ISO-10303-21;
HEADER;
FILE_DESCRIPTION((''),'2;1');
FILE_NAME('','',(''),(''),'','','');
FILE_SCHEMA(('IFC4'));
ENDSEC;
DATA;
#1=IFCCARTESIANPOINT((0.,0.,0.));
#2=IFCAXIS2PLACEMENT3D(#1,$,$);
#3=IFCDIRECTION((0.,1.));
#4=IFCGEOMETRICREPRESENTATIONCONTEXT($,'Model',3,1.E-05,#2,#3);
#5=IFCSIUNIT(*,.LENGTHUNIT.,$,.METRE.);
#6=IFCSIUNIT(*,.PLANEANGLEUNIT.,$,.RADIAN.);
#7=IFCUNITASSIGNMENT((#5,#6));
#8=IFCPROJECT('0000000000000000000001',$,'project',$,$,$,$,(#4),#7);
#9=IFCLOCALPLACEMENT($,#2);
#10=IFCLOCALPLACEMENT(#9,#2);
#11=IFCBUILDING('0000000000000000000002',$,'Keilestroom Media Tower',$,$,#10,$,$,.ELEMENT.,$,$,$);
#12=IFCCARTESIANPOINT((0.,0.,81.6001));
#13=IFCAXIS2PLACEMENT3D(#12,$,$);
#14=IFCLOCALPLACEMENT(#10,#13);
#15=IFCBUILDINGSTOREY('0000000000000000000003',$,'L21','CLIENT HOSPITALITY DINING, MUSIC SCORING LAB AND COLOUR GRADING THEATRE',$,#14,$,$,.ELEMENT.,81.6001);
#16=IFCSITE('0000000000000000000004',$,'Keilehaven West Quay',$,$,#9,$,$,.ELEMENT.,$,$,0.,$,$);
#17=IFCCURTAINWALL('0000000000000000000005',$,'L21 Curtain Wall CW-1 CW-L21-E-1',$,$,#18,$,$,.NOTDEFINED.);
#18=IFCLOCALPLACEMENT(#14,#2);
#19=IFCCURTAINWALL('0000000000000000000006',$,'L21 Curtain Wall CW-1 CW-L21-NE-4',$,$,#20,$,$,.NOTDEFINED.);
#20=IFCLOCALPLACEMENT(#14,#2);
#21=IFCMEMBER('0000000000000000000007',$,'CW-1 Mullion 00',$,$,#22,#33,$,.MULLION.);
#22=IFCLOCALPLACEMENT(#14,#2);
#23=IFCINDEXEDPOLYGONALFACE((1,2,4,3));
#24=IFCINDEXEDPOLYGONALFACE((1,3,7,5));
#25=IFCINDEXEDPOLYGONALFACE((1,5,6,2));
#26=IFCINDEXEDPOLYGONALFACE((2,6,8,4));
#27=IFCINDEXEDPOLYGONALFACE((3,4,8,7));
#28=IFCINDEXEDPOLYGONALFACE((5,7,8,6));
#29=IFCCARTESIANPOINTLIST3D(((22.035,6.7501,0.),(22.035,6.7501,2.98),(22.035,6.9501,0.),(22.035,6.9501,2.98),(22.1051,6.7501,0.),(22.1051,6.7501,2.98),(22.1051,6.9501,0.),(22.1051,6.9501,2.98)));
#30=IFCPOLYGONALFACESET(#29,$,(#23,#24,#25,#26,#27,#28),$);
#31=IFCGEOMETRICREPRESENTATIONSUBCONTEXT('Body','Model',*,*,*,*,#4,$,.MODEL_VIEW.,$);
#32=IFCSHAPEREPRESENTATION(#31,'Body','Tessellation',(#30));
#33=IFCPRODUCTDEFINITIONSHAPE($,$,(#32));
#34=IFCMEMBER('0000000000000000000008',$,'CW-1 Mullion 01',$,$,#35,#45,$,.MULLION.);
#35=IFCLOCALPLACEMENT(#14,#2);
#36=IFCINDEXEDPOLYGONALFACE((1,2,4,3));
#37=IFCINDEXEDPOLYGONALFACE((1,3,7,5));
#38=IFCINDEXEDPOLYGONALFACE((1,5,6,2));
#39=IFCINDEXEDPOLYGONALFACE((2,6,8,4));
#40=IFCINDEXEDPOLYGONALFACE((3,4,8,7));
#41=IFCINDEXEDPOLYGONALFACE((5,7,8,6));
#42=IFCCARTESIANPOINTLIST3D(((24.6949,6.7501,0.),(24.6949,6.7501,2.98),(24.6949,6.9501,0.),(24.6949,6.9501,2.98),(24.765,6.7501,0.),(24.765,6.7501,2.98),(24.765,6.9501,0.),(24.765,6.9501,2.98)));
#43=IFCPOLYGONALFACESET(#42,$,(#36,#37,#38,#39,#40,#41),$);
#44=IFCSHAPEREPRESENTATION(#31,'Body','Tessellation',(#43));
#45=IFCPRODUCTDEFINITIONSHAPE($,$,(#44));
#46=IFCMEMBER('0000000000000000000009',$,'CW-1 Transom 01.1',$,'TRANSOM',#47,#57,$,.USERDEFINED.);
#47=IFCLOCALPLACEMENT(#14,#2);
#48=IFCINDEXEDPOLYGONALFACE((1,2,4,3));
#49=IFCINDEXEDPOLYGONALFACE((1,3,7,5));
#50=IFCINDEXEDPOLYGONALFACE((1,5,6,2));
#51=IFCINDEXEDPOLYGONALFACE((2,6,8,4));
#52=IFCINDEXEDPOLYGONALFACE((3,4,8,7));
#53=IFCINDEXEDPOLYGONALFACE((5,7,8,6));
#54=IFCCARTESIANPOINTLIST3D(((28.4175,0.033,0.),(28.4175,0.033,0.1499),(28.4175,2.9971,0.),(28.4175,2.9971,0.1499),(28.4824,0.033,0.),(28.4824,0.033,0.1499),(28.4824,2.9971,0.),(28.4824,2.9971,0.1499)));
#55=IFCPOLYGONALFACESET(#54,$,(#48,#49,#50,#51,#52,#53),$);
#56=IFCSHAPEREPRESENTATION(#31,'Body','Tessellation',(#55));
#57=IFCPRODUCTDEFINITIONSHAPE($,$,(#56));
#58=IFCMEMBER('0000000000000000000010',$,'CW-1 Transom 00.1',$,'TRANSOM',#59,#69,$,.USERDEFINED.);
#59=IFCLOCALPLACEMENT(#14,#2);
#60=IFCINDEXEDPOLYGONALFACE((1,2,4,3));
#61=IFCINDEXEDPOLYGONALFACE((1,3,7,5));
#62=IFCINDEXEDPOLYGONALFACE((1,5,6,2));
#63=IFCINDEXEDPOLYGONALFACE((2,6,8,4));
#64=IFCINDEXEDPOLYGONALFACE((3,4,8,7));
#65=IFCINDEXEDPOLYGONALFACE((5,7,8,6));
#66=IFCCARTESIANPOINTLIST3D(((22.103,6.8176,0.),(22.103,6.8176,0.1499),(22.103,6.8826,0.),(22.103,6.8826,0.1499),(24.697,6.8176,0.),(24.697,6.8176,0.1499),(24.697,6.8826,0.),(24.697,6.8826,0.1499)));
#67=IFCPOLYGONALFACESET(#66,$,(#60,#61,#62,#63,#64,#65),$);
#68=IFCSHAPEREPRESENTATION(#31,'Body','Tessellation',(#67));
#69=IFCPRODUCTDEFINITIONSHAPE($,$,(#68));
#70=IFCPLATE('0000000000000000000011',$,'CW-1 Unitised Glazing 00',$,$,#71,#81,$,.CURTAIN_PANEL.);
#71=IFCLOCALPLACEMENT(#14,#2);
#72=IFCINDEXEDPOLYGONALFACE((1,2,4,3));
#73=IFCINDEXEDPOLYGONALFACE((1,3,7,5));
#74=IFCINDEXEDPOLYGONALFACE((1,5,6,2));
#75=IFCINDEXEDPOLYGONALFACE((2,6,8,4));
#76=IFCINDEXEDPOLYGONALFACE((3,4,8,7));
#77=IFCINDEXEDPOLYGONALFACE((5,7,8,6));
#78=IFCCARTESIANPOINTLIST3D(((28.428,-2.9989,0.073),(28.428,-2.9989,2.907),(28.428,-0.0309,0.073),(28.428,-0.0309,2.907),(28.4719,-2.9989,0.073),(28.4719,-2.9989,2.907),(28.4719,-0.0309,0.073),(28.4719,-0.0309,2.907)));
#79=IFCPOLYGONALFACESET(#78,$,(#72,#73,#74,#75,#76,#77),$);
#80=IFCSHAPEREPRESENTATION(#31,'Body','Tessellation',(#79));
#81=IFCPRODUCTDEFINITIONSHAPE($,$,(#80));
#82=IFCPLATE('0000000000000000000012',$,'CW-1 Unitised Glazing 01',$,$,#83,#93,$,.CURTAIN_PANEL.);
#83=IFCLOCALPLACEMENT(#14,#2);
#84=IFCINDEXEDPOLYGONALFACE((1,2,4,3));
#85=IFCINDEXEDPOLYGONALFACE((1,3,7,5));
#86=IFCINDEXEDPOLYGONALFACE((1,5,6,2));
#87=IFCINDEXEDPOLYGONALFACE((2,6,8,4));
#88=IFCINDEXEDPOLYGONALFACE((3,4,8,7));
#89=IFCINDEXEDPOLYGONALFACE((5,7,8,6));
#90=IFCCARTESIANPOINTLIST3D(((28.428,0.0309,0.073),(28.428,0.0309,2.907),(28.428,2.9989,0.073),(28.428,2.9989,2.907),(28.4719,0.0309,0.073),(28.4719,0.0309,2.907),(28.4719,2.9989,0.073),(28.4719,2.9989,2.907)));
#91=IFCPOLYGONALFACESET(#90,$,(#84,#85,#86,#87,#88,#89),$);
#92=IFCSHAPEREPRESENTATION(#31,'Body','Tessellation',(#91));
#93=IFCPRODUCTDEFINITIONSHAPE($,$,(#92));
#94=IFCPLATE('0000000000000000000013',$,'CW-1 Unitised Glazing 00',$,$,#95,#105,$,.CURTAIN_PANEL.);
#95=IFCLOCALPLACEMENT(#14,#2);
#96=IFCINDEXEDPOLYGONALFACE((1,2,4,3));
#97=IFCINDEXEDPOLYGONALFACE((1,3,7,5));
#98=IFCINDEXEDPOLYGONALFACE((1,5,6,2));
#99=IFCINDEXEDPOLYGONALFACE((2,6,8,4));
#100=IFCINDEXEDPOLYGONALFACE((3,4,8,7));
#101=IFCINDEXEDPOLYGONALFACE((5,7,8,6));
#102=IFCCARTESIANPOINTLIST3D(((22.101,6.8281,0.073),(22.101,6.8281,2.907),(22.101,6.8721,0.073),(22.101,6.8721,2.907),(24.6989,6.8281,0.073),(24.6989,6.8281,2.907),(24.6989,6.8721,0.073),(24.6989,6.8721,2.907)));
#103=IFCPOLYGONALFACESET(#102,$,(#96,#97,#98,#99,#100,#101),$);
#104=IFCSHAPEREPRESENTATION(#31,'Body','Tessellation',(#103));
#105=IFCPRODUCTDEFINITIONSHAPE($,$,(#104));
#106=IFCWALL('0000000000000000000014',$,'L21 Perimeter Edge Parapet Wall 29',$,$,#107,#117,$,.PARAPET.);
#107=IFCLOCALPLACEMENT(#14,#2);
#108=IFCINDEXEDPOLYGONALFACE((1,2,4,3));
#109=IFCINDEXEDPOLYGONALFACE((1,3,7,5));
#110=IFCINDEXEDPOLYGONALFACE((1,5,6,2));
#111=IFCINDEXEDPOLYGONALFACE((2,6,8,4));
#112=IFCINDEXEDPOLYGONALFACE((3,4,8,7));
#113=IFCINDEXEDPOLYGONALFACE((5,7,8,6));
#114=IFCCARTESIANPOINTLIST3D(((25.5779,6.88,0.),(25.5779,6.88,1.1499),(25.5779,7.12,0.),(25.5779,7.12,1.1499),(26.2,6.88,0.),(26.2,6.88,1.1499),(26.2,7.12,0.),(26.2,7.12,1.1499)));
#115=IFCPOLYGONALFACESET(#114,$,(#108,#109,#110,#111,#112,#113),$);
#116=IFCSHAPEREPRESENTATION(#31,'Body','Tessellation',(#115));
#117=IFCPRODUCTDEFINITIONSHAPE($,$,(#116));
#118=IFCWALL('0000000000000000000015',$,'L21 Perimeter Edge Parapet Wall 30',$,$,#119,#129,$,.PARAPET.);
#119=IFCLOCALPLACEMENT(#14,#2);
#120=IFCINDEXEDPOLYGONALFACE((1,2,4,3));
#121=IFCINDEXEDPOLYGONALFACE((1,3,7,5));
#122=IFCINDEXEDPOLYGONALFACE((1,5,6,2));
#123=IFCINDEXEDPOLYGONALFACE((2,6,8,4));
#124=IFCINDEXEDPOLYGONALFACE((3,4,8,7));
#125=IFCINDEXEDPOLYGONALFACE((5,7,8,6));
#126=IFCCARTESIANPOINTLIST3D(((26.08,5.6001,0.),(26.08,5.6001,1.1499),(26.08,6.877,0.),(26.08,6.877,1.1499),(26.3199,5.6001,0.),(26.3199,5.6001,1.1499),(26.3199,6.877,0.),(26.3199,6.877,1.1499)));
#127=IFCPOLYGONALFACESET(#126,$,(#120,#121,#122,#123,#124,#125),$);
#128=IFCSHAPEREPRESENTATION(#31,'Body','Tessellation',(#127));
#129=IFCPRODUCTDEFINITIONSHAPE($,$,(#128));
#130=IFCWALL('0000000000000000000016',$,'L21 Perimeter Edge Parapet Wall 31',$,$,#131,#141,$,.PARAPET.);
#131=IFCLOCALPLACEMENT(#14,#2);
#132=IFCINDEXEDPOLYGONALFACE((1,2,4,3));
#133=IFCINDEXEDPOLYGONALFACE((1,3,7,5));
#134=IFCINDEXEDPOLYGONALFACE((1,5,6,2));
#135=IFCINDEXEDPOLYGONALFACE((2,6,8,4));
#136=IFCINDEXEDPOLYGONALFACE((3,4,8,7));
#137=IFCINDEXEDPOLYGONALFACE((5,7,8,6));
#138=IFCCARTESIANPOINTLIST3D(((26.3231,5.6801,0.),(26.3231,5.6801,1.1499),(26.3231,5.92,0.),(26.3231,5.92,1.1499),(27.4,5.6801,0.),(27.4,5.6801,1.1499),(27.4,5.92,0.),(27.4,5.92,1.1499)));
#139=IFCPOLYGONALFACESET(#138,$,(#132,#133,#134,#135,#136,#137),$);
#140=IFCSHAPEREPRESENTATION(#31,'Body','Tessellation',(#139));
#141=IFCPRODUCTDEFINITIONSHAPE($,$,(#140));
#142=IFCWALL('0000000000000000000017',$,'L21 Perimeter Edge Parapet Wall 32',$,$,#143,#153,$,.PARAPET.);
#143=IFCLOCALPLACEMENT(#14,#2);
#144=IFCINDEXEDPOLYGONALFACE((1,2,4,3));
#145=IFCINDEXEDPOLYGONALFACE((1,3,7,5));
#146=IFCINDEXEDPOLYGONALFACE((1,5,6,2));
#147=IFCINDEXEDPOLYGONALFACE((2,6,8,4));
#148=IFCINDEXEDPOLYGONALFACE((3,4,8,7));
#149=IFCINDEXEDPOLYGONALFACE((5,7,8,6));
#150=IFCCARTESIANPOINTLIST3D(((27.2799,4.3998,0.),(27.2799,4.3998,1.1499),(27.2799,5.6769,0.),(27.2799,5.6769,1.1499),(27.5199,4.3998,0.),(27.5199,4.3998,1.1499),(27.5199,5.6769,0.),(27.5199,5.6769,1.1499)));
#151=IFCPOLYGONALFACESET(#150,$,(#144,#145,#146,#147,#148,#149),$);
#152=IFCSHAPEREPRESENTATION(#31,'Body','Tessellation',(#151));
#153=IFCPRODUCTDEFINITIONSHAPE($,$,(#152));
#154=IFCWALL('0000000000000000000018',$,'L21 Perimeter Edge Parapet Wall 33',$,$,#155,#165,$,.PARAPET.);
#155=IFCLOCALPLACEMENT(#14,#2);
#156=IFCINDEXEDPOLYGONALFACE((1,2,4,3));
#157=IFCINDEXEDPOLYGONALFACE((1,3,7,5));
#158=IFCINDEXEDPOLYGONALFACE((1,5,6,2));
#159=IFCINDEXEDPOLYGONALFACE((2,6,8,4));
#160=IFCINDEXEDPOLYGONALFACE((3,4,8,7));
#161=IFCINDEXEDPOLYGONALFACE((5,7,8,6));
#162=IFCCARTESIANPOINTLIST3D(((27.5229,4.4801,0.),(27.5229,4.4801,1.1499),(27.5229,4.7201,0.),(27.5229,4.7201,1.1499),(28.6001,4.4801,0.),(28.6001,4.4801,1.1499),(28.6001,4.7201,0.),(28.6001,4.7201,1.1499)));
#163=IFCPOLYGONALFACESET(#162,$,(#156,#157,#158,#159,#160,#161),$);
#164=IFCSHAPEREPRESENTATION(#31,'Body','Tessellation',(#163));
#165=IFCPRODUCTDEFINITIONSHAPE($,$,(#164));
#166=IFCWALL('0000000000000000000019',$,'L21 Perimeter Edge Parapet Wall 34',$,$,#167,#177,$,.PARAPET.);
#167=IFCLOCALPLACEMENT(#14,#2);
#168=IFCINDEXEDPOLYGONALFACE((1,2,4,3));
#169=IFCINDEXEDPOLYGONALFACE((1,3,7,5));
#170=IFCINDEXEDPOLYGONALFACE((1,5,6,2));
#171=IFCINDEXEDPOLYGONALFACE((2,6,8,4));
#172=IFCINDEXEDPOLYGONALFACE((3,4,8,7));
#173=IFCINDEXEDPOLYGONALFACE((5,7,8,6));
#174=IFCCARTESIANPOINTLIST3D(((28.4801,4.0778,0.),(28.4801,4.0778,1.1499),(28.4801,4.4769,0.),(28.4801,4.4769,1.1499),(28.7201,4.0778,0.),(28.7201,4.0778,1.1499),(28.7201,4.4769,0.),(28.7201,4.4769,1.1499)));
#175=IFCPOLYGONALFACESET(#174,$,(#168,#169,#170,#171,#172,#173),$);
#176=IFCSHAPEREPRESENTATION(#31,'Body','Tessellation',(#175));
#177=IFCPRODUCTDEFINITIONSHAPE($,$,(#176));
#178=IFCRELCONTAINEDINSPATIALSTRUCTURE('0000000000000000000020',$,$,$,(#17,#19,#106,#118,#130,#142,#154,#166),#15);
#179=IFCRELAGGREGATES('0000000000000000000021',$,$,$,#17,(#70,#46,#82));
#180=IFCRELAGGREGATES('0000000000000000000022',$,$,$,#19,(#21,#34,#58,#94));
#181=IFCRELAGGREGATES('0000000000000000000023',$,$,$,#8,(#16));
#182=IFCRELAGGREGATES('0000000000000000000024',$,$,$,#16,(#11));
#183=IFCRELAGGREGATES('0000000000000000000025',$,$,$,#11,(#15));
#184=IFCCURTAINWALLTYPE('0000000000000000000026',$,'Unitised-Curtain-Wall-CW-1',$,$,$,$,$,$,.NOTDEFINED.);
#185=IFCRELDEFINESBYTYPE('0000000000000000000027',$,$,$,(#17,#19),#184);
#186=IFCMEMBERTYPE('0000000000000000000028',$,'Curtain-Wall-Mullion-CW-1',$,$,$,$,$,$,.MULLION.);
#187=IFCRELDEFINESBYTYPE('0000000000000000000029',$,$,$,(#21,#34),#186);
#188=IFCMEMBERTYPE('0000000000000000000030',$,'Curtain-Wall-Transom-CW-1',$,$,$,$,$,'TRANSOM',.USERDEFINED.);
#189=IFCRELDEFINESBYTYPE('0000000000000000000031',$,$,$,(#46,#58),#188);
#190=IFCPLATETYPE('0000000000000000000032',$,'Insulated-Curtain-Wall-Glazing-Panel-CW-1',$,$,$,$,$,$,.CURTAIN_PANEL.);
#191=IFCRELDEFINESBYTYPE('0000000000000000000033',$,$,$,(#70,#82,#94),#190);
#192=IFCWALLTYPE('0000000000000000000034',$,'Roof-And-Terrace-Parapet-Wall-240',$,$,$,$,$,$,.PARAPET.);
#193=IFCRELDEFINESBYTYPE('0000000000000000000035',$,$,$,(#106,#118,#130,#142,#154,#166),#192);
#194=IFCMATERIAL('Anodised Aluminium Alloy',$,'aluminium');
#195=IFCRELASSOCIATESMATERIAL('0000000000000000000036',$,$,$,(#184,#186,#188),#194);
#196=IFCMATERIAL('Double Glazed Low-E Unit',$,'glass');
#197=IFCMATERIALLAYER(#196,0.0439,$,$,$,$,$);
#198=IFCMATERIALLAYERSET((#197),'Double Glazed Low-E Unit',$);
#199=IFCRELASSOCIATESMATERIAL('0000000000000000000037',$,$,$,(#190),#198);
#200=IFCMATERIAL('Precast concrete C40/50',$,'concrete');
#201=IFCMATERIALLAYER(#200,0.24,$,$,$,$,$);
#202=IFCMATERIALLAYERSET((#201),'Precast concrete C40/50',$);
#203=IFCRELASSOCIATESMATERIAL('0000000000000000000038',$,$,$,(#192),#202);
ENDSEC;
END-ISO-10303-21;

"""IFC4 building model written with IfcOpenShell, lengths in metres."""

from ifc_helpers import new_model, si_unit, direction, frame, frame_2d, origin, origin_2d, place, context, subcontext, project, spatial, rectangle, extrude, source, transform, mapped, material, layer, layer_set, material_profile, profile_set, type_object, element, aggregate, save


model = new_model("IFC4")

# Units and contexts
model_context = context("Model", 3, precision=1e-05, world=origin(), true_north=direction((0.0, 1.0)))
body_context = subcontext(model_context, "Body", "Model", "MODEL_VIEW")
ifc_project = project(units=[si_unit("LENGTHUNIT", "METRE"), si_unit("PLANEANGLEUNIT", "RADIAN")], contexts=[model_context])

# Site, building, storey
site_placement = place(None, origin())
site = spatial("IfcSite", under=ifc_project, at=site_placement, Name="Keilehaven West Quay", CompositionType="ELEMENT", RefElevation=0.0)
building_placement = place(site_placement, origin())
building = spatial("IfcBuilding", under=site, at=building_placement, Name="Keilestroom Media Tower", CompositionType="ELEMENT")
storey_placement = place(building_placement, frame((0.0, 0.0, 81.6001)))
storey = spatial("IfcBuildingStorey", under=building, at=storey_placement, Name="L21", Description="CLIENT HOSPITALITY DINING, MUSIC SCORING LAB AND COLOUR GRADING THEATRE", CompositionType="ELEMENT", Elevation=81.6001)

# Shared definitions
ifc_material_1 = material(Name="Precast concrete C40/50", Category="concrete")

# Curtain walls, members
ifc_material_2 = material(Name="Anodised Aluminium Alloy", Category="aluminium")
curtain_wall_type = type_object("IfcCurtainWallType", Name="Unitised-Curtain-Wall-CW-1", PredefinedType="NOTDEFINED", material=ifc_material_2)
curtain_wall_1_placement = place(storey_placement, origin())
curtain_wall_1 = element("IfcCurtainWall", 1, at=curtain_wall_1_placement, inside=storey, type_object=curtain_wall_type, Name="L21 Curtain Wall CW-1 CW-L21-E-1", PredefinedType="NOTDEFINED")
ifc_material_profile_1 = material_profile(ifc_material_2, rectangle(XDim=0.0701, YDim=0.2, at=origin_2d()), Name="ALU MULLION 70x200")
ifc_profile_set_1 = profile_set([ifc_material_profile_1], Name="Anodised Aluminium Alloy")
member_type_1 = type_object("IfcMemberType", Name="Curtain-Wall-Mullion-CW-1", PredefinedType="MULLION", material=ifc_profile_set_1)
shared_shape_1 = source(origin(), body_context, "Body", "SweptSolid", [
    extrude(rectangle(XDim=0.0701, YDim=0.2, at=origin_2d()), origin(), (0.0, 0.0, 1.0), 2.98),
])
curtain_wall_2_placement = place(storey_placement, origin())
curtain_wall_2 = element("IfcCurtainWall", 2, at=curtain_wall_2_placement, inside=storey, type_object=curtain_wall_type, Name="L21 Curtain Wall CW-1 CW-L21-NE-4", PredefinedType="NOTDEFINED")
member_1_placement = place(storey_placement, frame((22.0701, 6.8501, 0.0), z_axis=(0.0, 0.0, 1.0), x_axis=(1.0, 0.0, 0.0)))
member_1 = element("IfcMember", 3, at=member_1_placement, type_object=member_type_1, Name="CW-1 Mullion 00", PredefinedType="MULLION", context=body_context, shape_type="MappedRepresentation", body=[
    mapped(shared_shape_1, transform((0.0, 0.0, 0.0), x_axis=(1.0, 0.0, 0.0), y_axis=(0.0, 1.0, 0.0), z_axis=(0.0, 0.0, 1.0), scale=1.0)),
])
member_2_placement = place(storey_placement, frame((24.73, 6.8501, 0.0), z_axis=(0.0, 0.0, 1.0), x_axis=(1.0, 0.0, 0.0)))
member_2 = element("IfcMember", 4, at=member_2_placement, type_object=member_type_1, Name="CW-1 Mullion 01", PredefinedType="MULLION", context=body_context, shape_type="MappedRepresentation", body=[
    mapped(shared_shape_1, transform((0.0, 0.0, 0.0), x_axis=(1.0, 0.0, 0.0), y_axis=(0.0, 1.0, 0.0), z_axis=(0.0, 0.0, 1.0), scale=1.0)),
])

# Members
ifc_material_profile_2 = material_profile(ifc_material_2, rectangle(XDim=0.0649, YDim=0.1499, at=origin_2d()), Name="ALU TRANSOM 65x150")
ifc_profile_set_2 = profile_set([ifc_material_profile_2], Name="Anodised Aluminium Alloy")
member_type_2 = type_object("IfcMemberType", Name="Curtain-Wall-Transom-CW-1", ElementType="TRANSOM", PredefinedType="USERDEFINED", material=ifc_profile_set_2)
shared_shape_2 = source(origin(), body_context, "Body", "SweptSolid", [
    extrude(rectangle(XDim=0.0649, YDim=0.1499, at=origin_2d()), origin(), (0.0, 0.0, 1.0), 2.9641),
])
member_3_placement = place(storey_placement, frame((28.45, 0.033, 0.075), z_axis=(0.0, 1.0, 0.0), x_axis=(-1.0, 0.0, 0.0)))
member_3 = element("IfcMember", 5, at=member_3_placement, type_object=member_type_2, Name="CW-1 Transom 01.1", ObjectType="TRANSOM", PredefinedType="USERDEFINED", context=body_context, shape_type="MappedRepresentation", body=[
    mapped(shared_shape_2, transform((0.0, 0.0, 0.0), x_axis=(1.0, 0.0, 0.0), y_axis=(0.0, 1.0, 0.0), z_axis=(0.0, 0.0, 1.0), scale=1.0)),
])
shared_shape_3 = source(origin(), body_context, "Body", "SweptSolid", [
    extrude(rectangle(XDim=0.0649, YDim=0.1499, at=origin_2d()), origin(), (0.0, 0.0, 1.0), 2.594),
])
member_4_placement = place(storey_placement, frame((22.103, 6.8501, 0.075), z_axis=(1.0, 0.0, 0.0), x_axis=(0.0, 1.0, 0.0)))
member_4 = element("IfcMember", 6, at=member_4_placement, type_object=member_type_2, Name="CW-1 Transom 00.1", ObjectType="TRANSOM", PredefinedType="USERDEFINED", context=body_context, shape_type="MappedRepresentation", body=[
    mapped(shared_shape_3, transform((0.0, 0.0, 0.0), x_axis=(1.0, 0.0, 0.0), y_axis=(0.0, 1.0, 0.0), z_axis=(0.0, 0.0, 1.0), scale=1.0)),
])

# Plates
ifc_material_3 = material(Name="Double Glazed Low-E Unit", Category="glass")
ifc_layer_1 = layer(ifc_material_3, 0.0439)
ifc_layer_set_1 = layer_set([ifc_layer_1], Name="Double Glazed Low-E Unit")
plate_type = type_object("IfcPlateType", Name="Insulated-Curtain-Wall-Glazing-Panel-CW-1", PredefinedType="CURTAIN_PANEL", material=ifc_layer_set_1)
shared_shape_4 = source(origin(), body_context, "Body", "SweptSolid", [
    extrude(rectangle(XDim=2.968, YDim=0.0439, at=origin_2d()), origin(), (0.0, 0.0, 1.0), 2.834),
])
plate_1_placement = place(storey_placement, frame((28.45, -1.5149, 0.073), z_axis=(0.0, 0.0, 1.0), x_axis=(0.0, 1.0, 0.0)))
plate_1 = element("IfcPlate", 7, at=plate_1_placement, type_object=plate_type, Name="CW-1 Unitised Glazing 00", PredefinedType="CURTAIN_PANEL", context=body_context, shape_type="MappedRepresentation", body=[
    mapped(shared_shape_4, transform((0.0, 0.0, 0.0), x_axis=(1.0, 0.0, 0.0), y_axis=(0.0, 1.0, 0.0), z_axis=(0.0, 0.0, 1.0), scale=1.0)),
])
plate_2_placement = place(storey_placement, frame((28.45, 1.5149, 0.073), z_axis=(0.0, 0.0, 1.0), x_axis=(0.0, 1.0, 0.0)))
plate_2 = element("IfcPlate", 8, at=plate_2_placement, type_object=plate_type, Name="CW-1 Unitised Glazing 01", PredefinedType="CURTAIN_PANEL", context=body_context, shape_type="MappedRepresentation", body=[
    mapped(shared_shape_4, transform((0.0, 0.0, 0.0), x_axis=(1.0, 0.0, 0.0), y_axis=(0.0, 1.0, 0.0), z_axis=(0.0, 0.0, 1.0), scale=1.0)),
])
aggregate(curtain_wall_1, [plate_1, member_3, plate_2])
shared_shape_5 = source(origin(), body_context, "Body", "SweptSolid", [
    extrude(rectangle(XDim=2.5979, YDim=0.0439, at=origin_2d()), origin(), (0.0, 0.0, 1.0), 2.834),
])
plate_3_placement = place(storey_placement, frame((23.3999, 6.8501, 0.073), z_axis=(0.0, 0.0, 1.0), x_axis=(1.0, 0.0, 0.0)))
plate_3 = element("IfcPlate", 9, at=plate_3_placement, type_object=plate_type, Name="CW-1 Unitised Glazing 00", PredefinedType="CURTAIN_PANEL", context=body_context, shape_type="MappedRepresentation", body=[
    mapped(shared_shape_5, transform((0.0, 0.0, 0.0), x_axis=(1.0, 0.0, 0.0), y_axis=(0.0, 1.0, 0.0), z_axis=(0.0, 0.0, 1.0), scale=1.0)),
])
aggregate(curtain_wall_2, [member_1, member_2, member_4, plate_3])

# Walls
ifc_layer_2 = layer(ifc_material_1, 0.24)
ifc_layer_set_2 = layer_set([ifc_layer_2], Name="Precast concrete C40/50")
wall_type = type_object("IfcWallType", Name="Roof-And-Terrace-Parapet-Wall-240", PredefinedType="PARAPET", material=ifc_layer_set_2)
wall_1_placement = place(storey_placement, frame((25.5779, 7.0, 0.0), z_axis=(0.0, 0.0, 1.0), x_axis=(1.0, 0.0, 0.0)))
element("IfcWall", 10, at=wall_1_placement, inside=storey, type_object=wall_type, Name="L21 Perimeter Edge Parapet Wall 29", PredefinedType="PARAPET", context=body_context, shape_type="SweptSolid", body=[
    extrude(rectangle(XDim=0.6221, YDim=0.24, at=frame_2d((0.311, 0.0))), origin(), (0.0, 0.0, 1.0), 1.1499),
])
wall_2_placement = place(storey_placement, frame((26.2, 6.877, 0.0), z_axis=(0.0, 0.0, 1.0), x_axis=(0.0, -1.0, 0.0)))
element("IfcWall", 11, at=wall_2_placement, inside=storey, type_object=wall_type, Name="L21 Perimeter Edge Parapet Wall 30", PredefinedType="PARAPET", context=body_context, shape_type="SweptSolid", body=[
    extrude(rectangle(XDim=1.2769, YDim=0.24, at=frame_2d((0.6384, 0.0))), origin(), (0.0, 0.0, 1.0), 1.1499),
])
wall_3_placement = place(storey_placement, frame((26.323, 5.8, 0.0), z_axis=(0.0, 0.0, 1.0), x_axis=(1.0, 0.0, 0.0)))
element("IfcWall", 12, at=wall_3_placement, inside=storey, type_object=wall_type, Name="L21 Perimeter Edge Parapet Wall 31", PredefinedType="PARAPET", context=body_context, shape_type="SweptSolid", body=[
    extrude(rectangle(XDim=1.0769, YDim=0.24, at=frame_2d((0.5386, 0.0))), origin(), (0.0, 0.0, 1.0), 1.1499),
])
wall_4_placement = place(storey_placement, frame((27.3999, 5.677, 0.0), z_axis=(0.0, 0.0, 1.0), x_axis=(0.0, -1.0, 0.0)))
element("IfcWall", 13, at=wall_4_placement, inside=storey, type_object=wall_type, Name="L21 Perimeter Edge Parapet Wall 32", PredefinedType="PARAPET", context=body_context, shape_type="SweptSolid", body=[
    extrude(rectangle(XDim=1.2771, YDim=0.24, at=frame_2d((0.6387, 0.0))), origin(), (0.0, 0.0, 1.0), 1.1499),
])
wall_5_placement = place(storey_placement, frame((27.5229, 4.6001, 0.0), z_axis=(0.0, 0.0, 1.0), x_axis=(1.0, 0.0, 0.0)))
element("IfcWall", 14, at=wall_5_placement, inside=storey, type_object=wall_type, Name="L21 Perimeter Edge Parapet Wall 33", PredefinedType="PARAPET", context=body_context, shape_type="SweptSolid", body=[
    extrude(rectangle(XDim=1.0771, YDim=0.24, at=frame_2d((0.5386, 0.0))), origin(), (0.0, 0.0, 1.0), 1.1499),
])
wall_6_placement = place(storey_placement, frame((28.6001, 4.4771, 0.0), z_axis=(0.0, 0.0, 1.0), x_axis=(0.0, -1.0, 0.0)))
element("IfcWall", 15, at=wall_6_placement, inside=storey, type_object=wall_type, Name="L21 Perimeter Edge Parapet Wall 34", PredefinedType="PARAPET", context=body_context, shape_type="SweptSolid", body=[
    extrude(rectangle(XDim=0.3992, YDim=0.24, at=frame_2d((0.1997, 0.0))), origin(), (0.0, 0.0, 1.0), 1.1499),
])

save(model, "model.ifc")
